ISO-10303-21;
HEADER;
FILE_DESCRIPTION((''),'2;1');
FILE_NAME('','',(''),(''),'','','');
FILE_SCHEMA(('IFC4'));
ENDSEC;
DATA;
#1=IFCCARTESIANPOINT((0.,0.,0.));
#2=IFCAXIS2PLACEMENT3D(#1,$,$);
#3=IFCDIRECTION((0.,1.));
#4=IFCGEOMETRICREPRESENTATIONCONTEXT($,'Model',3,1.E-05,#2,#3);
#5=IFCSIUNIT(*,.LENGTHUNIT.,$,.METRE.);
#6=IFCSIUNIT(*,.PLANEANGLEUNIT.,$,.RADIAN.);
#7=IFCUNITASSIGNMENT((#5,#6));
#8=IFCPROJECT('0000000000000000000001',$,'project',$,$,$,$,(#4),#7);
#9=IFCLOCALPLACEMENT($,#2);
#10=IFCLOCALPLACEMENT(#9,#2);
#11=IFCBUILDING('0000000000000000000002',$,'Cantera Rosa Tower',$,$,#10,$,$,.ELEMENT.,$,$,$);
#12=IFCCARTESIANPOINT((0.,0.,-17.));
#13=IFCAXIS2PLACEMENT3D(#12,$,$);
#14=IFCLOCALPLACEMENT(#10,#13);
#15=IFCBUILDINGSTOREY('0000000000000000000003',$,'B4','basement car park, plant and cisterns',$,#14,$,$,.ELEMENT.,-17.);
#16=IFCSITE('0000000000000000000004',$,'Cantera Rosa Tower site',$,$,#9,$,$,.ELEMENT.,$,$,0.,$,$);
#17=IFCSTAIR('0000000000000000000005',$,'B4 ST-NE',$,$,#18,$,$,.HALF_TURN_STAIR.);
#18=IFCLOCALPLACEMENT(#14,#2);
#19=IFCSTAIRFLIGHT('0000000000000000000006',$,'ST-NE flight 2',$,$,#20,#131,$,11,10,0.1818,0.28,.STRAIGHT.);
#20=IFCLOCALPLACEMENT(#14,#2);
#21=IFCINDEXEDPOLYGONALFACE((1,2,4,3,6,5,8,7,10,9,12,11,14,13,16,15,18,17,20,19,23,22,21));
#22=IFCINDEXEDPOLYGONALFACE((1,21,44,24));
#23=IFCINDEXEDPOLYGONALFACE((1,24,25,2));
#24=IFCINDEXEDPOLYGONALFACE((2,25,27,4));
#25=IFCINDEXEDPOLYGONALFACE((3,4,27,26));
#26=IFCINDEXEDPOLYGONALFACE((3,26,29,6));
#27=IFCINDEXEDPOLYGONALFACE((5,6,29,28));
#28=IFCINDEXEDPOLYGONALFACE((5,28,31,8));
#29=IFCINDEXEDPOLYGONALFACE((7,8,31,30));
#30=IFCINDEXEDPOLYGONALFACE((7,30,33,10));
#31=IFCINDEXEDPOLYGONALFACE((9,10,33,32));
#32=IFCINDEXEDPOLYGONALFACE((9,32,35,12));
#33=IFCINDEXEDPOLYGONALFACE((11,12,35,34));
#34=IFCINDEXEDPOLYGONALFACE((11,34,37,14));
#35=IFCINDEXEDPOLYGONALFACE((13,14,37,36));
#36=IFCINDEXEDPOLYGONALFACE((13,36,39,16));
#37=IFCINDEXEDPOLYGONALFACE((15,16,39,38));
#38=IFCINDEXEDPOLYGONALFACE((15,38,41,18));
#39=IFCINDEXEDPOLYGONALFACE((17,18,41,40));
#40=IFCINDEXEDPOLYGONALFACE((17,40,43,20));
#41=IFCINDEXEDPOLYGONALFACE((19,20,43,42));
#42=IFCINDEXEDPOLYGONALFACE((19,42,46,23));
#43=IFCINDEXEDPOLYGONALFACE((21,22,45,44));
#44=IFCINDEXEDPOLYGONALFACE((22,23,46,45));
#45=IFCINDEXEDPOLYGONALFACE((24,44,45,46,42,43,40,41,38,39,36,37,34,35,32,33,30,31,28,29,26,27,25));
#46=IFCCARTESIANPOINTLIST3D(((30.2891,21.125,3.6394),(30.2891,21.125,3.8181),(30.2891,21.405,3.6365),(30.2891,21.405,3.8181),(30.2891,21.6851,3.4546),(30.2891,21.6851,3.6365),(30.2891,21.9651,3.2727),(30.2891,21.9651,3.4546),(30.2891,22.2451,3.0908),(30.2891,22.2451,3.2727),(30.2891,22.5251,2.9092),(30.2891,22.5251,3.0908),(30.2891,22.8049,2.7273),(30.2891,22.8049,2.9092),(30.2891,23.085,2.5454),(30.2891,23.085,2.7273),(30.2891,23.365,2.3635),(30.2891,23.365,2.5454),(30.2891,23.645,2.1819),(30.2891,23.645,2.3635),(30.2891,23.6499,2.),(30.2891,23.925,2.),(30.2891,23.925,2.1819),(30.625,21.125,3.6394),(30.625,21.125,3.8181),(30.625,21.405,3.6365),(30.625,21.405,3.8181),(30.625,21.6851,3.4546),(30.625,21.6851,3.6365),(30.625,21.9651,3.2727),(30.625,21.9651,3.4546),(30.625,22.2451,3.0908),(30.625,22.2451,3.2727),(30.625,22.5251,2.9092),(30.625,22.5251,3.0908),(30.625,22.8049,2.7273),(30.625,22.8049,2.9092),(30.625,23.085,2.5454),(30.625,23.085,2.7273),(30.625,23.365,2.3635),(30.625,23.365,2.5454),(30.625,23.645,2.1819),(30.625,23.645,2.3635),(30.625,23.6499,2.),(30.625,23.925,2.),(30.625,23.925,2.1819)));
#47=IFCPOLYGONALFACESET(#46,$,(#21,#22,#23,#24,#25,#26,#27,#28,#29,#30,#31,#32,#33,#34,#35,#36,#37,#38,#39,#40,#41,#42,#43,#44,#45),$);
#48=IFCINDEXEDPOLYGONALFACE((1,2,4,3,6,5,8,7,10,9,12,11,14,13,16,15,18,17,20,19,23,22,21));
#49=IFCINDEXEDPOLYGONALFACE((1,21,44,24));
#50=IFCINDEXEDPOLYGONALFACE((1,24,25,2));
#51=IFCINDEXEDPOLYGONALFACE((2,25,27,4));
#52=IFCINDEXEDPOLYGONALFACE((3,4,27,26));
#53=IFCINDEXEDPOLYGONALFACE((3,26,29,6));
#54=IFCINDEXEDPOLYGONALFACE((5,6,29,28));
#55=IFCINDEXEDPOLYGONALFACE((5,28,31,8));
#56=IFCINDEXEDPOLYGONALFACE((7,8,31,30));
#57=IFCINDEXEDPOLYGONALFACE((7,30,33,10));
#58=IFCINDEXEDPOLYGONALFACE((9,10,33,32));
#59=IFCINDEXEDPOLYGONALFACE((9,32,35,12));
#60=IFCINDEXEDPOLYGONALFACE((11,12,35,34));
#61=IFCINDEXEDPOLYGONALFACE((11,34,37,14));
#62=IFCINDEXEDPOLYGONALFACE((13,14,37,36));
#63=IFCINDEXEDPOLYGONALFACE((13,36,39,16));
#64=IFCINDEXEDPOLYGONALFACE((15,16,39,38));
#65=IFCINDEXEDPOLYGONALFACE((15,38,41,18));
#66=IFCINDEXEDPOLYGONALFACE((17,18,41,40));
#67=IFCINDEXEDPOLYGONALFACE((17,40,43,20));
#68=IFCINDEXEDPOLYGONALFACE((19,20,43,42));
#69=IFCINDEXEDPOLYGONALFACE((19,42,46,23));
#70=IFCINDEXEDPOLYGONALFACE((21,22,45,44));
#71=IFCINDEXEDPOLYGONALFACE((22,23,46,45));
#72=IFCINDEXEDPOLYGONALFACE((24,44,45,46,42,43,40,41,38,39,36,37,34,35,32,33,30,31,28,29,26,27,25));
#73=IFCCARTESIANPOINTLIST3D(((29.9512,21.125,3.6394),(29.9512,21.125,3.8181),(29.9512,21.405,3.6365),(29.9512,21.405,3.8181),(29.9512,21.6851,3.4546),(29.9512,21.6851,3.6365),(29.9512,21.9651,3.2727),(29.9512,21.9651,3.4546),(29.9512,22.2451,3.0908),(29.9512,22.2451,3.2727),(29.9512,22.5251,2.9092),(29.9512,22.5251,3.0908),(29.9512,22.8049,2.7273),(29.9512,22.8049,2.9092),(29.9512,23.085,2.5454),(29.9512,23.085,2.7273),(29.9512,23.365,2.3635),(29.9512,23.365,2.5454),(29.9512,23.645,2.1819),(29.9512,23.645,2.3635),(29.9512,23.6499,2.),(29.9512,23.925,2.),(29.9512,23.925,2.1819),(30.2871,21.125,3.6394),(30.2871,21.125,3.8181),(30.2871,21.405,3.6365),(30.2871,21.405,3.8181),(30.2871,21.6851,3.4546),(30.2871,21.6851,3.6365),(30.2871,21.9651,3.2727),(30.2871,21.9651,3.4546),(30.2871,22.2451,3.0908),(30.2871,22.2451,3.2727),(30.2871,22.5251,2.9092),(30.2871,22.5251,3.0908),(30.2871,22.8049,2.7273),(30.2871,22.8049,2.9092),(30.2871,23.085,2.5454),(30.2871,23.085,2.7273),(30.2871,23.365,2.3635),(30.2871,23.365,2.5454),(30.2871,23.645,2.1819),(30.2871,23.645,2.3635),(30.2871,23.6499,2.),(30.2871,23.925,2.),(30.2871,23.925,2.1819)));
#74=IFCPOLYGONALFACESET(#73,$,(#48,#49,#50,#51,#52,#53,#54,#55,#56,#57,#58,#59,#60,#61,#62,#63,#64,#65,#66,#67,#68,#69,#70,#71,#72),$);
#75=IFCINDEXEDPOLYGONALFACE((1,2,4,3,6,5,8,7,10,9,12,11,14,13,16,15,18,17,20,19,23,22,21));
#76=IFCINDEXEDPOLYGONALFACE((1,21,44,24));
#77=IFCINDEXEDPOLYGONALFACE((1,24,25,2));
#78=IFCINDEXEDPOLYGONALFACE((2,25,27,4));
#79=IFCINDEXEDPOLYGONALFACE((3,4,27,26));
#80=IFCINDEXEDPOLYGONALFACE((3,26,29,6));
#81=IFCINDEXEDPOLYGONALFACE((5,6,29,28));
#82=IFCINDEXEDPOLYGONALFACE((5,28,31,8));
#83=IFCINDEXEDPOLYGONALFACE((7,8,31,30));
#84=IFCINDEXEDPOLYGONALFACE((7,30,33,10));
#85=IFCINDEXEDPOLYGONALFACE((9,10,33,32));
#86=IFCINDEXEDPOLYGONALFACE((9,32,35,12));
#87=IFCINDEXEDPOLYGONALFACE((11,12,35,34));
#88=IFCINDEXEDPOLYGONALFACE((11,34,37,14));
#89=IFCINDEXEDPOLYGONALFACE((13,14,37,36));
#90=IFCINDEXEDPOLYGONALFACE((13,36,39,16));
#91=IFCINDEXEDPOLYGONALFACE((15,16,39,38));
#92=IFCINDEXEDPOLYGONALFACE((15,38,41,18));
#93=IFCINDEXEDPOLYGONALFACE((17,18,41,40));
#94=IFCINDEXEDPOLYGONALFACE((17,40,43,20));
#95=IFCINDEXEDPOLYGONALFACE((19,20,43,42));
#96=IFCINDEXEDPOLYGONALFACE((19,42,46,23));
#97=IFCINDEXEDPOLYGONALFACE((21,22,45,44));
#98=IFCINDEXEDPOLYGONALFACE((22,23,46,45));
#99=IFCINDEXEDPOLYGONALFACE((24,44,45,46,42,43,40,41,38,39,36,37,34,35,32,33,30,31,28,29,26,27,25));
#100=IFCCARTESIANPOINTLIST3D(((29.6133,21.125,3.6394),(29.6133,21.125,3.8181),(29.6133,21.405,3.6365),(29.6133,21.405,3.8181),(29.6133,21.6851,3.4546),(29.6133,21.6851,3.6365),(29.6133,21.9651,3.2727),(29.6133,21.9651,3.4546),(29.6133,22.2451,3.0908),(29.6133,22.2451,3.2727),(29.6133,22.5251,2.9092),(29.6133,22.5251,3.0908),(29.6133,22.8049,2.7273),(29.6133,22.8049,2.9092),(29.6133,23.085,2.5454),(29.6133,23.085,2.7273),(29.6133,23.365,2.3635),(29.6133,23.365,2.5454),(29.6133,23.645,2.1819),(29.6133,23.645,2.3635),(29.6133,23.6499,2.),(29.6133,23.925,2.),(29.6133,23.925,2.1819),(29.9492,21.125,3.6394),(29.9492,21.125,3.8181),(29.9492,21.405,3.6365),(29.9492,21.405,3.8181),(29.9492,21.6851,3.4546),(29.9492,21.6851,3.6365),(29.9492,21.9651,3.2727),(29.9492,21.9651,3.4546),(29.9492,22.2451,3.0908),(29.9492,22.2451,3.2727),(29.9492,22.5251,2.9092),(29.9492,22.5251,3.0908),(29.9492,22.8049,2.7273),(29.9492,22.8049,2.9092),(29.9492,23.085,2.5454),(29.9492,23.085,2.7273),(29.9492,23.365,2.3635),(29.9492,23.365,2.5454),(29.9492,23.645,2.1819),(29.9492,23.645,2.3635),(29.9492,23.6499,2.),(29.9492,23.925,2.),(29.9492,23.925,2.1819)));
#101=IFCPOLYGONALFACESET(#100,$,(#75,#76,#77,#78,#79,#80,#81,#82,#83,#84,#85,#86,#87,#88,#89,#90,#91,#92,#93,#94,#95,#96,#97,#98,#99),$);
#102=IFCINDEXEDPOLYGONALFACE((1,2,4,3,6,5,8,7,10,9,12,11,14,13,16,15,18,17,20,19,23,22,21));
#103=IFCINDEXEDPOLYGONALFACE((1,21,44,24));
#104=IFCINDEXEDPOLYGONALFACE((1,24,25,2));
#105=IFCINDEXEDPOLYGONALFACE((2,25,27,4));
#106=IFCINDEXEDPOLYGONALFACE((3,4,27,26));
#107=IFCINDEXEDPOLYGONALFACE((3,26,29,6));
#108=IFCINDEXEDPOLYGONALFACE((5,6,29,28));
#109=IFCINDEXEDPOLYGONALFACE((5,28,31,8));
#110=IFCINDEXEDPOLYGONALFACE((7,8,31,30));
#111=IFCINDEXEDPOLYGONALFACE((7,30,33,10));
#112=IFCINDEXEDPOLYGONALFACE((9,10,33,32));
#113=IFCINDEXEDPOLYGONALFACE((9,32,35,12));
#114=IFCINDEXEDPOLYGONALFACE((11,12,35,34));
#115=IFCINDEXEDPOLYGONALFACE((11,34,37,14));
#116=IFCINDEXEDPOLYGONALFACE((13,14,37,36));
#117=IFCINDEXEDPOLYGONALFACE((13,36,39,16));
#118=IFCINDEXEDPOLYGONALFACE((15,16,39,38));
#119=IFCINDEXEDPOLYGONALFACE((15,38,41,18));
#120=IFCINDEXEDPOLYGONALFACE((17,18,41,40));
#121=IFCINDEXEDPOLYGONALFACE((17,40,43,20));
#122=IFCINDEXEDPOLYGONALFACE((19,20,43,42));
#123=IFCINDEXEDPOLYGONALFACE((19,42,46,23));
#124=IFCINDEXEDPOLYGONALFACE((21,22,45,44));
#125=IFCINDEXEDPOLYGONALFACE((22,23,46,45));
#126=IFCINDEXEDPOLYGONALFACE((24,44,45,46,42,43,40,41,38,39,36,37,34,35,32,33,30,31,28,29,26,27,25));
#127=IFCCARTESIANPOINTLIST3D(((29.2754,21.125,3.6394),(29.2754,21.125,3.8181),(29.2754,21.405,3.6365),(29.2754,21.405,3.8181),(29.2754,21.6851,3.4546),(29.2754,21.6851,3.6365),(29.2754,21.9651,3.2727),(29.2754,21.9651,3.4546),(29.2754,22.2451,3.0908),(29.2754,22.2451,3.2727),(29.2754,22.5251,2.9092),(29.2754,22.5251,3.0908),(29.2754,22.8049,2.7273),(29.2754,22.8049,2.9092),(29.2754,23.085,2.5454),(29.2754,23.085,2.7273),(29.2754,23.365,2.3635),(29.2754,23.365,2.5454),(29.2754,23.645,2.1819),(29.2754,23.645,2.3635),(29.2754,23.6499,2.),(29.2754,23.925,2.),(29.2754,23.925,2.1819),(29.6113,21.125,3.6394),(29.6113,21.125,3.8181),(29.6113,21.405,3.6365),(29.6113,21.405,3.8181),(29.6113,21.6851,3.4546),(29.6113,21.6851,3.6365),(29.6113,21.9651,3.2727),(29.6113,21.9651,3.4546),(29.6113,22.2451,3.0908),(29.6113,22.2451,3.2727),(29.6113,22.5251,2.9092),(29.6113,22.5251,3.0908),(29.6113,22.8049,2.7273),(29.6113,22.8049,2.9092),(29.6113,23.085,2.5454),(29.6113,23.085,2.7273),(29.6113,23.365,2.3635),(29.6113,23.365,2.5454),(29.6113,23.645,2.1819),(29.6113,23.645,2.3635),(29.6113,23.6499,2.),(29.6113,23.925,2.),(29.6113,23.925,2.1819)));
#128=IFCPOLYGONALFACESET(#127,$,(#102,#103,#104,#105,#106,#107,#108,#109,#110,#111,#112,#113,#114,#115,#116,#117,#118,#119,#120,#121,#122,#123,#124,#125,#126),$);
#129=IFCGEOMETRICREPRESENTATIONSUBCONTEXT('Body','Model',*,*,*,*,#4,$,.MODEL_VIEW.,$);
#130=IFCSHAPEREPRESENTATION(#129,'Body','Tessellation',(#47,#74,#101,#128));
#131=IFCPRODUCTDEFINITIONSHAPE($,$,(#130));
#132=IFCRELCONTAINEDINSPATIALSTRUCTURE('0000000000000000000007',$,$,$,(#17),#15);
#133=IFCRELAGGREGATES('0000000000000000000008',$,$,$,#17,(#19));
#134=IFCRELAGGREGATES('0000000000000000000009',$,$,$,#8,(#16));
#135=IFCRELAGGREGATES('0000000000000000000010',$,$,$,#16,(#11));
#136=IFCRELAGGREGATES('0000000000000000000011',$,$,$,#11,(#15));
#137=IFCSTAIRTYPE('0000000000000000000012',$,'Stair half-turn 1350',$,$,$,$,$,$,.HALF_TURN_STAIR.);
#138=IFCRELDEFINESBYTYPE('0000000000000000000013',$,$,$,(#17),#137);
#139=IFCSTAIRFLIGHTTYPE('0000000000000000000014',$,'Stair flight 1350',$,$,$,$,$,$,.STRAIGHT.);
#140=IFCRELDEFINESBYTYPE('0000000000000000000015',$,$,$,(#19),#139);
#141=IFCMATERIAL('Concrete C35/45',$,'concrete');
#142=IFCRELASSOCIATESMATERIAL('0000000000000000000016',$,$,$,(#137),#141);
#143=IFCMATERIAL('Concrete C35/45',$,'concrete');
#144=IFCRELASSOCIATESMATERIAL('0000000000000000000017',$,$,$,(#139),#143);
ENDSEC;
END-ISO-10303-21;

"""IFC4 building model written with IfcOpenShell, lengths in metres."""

from ifc_helpers import new_model, si_unit, direction, frame, origin, place, context, subcontext, project, spatial, polyline, outline, extrude, material, type_object, element, aggregate, save


model = new_model("IFC4")

# Units and contexts
model_context = context("Model", 3, precision=1e-05, world=origin(), true_north=direction((0.0, 1.0)))
body_context = subcontext(model_context, "Body", "Model", "MODEL_VIEW")
ifc_project = project(units=[si_unit("LENGTHUNIT", "METRE"), si_unit("PLANEANGLEUNIT", "RADIAN")], contexts=[model_context])

# Site, building, storey
site_placement = place(None, origin())
site = spatial("IfcSite", under=ifc_project, at=site_placement, Name="Cantera Rosa Tower site", CompositionType="ELEMENT", RefElevation=0.0)
building_placement = place(site_placement, origin())
building = spatial("IfcBuilding", under=site, at=building_placement, Name="Cantera Rosa Tower", CompositionType="ELEMENT")
storey_placement = place(building_placement, frame((0.0, 0.0, -17.0)))
storey = spatial("IfcBuildingStorey", under=building, at=storey_placement, Name="B4", Description="basement car park, plant and cisterns", CompositionType="ELEMENT", Elevation=-17.0)

# Stair, stair flight
ifc_material_1 = material(Name="Concrete C35/45", Category="concrete")
stair_type = type_object("IfcStairType", Name="Stair half-turn 1350", PredefinedType="HALF_TURN_STAIR", material=ifc_material_1)
stair_placement = place(storey_placement, origin())
stair = element("IfcStair", 1, at=stair_placement, inside=storey, type_object=stair_type, Name="B4 ST-NE", PredefinedType="HALF_TURN_STAIR")
ifc_material_2 = material(Name="Concrete C35/45", Category="concrete")
stair_flight_type = type_object("IfcStairFlightType", Name="Stair flight 1350", PredefinedType="STRAIGHT", material=ifc_material_2)
stair_flight_1_placement = place(storey_placement, frame((29.95, 23.925, 2.0), z_axis=(0.0, 0.0, 1.0), x_axis=(0.0, -1.0, 0.0)))
stair_flight_1 = element("IfcStairFlight", 2, at=stair_flight_1_placement, type_object=stair_flight_type, Name="ST-NE flight 2", NumberOfRisers=11, NumberOfTreads=10, PredefinedType="STRAIGHT", RiserHeight=0.1818, TreadLength=0.28, context=body_context, shape_type="SweptSolid", body=[
    extrude(outline(polyline([(0.0, 0.0), (0.0, 0.1819), (0.28, 0.1819), (0.28, 0.3635), (0.5601, 0.3635), (0.5601, 0.5454), (0.8401, 0.5454), (0.8401, 0.7273), (1.1201, 0.7273), (1.1201, 0.9092), (1.3999, 0.9092), (1.3999, 1.0908), (1.6799, 1.0908), (1.6799, 1.2727), (1.96, 1.2727), (1.96, 1.4546), (2.24, 1.4546), (2.24, 1.6365), (2.52, 1.6365), (2.52, 1.8181), (2.8, 1.8181), (2.8, 2.0), (2.8, 1.6394), (0.2751, 0.0), (0.0, 0.0)])), frame((0.0, 0.675, 0.0), z_axis=(0.0, -1.0, 0.0), x_axis=(1.0, 0.0, 0.0)), (0.0, 0.0, 1.0), 0.3359),
    extrude(outline(polyline([(0.0, 0.0), (0.0, 0.1819), (0.28, 0.1819), (0.28, 0.3635), (0.5601, 0.3635), (0.5601, 0.5454), (0.8401, 0.5454), (0.8401, 0.7273), (1.1201, 0.7273), (1.1201, 0.9092), (1.3999, 0.9092), (1.3999, 1.0908), (1.6799, 1.0908), (1.6799, 1.2727), (1.96, 1.2727), (1.96, 1.4546), (2.24, 1.4546), (2.24, 1.6365), (2.52, 1.6365), (2.52, 1.8181), (2.8, 1.8181), (2.8, 2.0), (2.8, 1.6394), (0.2751, 0.0), (0.0, 0.0)])), frame((0.0, 0.3372, 0.0), z_axis=(0.0, -1.0, 0.0), x_axis=(1.0, 0.0, 0.0)), (0.0, 0.0, 1.0), 0.3359),
    extrude(outline(polyline([(0.0, 0.0), (0.0, 0.1819), (0.28, 0.1819), (0.28, 0.3635), (0.5601, 0.3635), (0.5601, 0.5454), (0.8401, 0.5454), (0.8401, 0.7273), (1.1201, 0.7273), (1.1201, 0.9092), (1.3999, 0.9092), (1.3999, 1.0908), (1.6799, 1.0908), (1.6799, 1.2727), (1.96, 1.2727), (1.96, 1.4546), (2.24, 1.4546), (2.24, 1.6365), (2.52, 1.6365), (2.52, 1.8181), (2.8, 1.8181), (2.8, 2.0), (2.8, 1.6394), (0.2751, 0.0), (0.0, 0.0)])), frame((0.0, -0.0007, 0.0), z_axis=(0.0, -1.0, 0.0), x_axis=(1.0, 0.0, 0.0)), (0.0, 0.0, 1.0), 0.3359),
    extrude(outline(polyline([(0.0, 0.0), (0.0, 0.1819), (0.28, 0.1819), (0.28, 0.3635), (0.5601, 0.3635), (0.5601, 0.5454), (0.8401, 0.5454), (0.8401, 0.7273), (1.1201, 0.7273), (1.1201, 0.9092), (1.3999, 0.9092), (1.3999, 1.0908), (1.6799, 1.0908), (1.6799, 1.2727), (1.96, 1.2727), (1.96, 1.4546), (2.24, 1.4546), (2.24, 1.6365), (2.52, 1.6365), (2.52, 1.8181), (2.8, 1.8181), (2.8, 2.0), (2.8, 1.6394), (0.2751, 0.0), (0.0, 0.0)])), frame((0.0, -0.3386, 0.0), z_axis=(0.0, -1.0, 0.0), x_axis=(1.0, 0.0, 0.0)), (0.0, 0.0, 1.0), 0.3359),
])
aggregate(stair, [stair_flight_1])

save(model, "model.ifc")
